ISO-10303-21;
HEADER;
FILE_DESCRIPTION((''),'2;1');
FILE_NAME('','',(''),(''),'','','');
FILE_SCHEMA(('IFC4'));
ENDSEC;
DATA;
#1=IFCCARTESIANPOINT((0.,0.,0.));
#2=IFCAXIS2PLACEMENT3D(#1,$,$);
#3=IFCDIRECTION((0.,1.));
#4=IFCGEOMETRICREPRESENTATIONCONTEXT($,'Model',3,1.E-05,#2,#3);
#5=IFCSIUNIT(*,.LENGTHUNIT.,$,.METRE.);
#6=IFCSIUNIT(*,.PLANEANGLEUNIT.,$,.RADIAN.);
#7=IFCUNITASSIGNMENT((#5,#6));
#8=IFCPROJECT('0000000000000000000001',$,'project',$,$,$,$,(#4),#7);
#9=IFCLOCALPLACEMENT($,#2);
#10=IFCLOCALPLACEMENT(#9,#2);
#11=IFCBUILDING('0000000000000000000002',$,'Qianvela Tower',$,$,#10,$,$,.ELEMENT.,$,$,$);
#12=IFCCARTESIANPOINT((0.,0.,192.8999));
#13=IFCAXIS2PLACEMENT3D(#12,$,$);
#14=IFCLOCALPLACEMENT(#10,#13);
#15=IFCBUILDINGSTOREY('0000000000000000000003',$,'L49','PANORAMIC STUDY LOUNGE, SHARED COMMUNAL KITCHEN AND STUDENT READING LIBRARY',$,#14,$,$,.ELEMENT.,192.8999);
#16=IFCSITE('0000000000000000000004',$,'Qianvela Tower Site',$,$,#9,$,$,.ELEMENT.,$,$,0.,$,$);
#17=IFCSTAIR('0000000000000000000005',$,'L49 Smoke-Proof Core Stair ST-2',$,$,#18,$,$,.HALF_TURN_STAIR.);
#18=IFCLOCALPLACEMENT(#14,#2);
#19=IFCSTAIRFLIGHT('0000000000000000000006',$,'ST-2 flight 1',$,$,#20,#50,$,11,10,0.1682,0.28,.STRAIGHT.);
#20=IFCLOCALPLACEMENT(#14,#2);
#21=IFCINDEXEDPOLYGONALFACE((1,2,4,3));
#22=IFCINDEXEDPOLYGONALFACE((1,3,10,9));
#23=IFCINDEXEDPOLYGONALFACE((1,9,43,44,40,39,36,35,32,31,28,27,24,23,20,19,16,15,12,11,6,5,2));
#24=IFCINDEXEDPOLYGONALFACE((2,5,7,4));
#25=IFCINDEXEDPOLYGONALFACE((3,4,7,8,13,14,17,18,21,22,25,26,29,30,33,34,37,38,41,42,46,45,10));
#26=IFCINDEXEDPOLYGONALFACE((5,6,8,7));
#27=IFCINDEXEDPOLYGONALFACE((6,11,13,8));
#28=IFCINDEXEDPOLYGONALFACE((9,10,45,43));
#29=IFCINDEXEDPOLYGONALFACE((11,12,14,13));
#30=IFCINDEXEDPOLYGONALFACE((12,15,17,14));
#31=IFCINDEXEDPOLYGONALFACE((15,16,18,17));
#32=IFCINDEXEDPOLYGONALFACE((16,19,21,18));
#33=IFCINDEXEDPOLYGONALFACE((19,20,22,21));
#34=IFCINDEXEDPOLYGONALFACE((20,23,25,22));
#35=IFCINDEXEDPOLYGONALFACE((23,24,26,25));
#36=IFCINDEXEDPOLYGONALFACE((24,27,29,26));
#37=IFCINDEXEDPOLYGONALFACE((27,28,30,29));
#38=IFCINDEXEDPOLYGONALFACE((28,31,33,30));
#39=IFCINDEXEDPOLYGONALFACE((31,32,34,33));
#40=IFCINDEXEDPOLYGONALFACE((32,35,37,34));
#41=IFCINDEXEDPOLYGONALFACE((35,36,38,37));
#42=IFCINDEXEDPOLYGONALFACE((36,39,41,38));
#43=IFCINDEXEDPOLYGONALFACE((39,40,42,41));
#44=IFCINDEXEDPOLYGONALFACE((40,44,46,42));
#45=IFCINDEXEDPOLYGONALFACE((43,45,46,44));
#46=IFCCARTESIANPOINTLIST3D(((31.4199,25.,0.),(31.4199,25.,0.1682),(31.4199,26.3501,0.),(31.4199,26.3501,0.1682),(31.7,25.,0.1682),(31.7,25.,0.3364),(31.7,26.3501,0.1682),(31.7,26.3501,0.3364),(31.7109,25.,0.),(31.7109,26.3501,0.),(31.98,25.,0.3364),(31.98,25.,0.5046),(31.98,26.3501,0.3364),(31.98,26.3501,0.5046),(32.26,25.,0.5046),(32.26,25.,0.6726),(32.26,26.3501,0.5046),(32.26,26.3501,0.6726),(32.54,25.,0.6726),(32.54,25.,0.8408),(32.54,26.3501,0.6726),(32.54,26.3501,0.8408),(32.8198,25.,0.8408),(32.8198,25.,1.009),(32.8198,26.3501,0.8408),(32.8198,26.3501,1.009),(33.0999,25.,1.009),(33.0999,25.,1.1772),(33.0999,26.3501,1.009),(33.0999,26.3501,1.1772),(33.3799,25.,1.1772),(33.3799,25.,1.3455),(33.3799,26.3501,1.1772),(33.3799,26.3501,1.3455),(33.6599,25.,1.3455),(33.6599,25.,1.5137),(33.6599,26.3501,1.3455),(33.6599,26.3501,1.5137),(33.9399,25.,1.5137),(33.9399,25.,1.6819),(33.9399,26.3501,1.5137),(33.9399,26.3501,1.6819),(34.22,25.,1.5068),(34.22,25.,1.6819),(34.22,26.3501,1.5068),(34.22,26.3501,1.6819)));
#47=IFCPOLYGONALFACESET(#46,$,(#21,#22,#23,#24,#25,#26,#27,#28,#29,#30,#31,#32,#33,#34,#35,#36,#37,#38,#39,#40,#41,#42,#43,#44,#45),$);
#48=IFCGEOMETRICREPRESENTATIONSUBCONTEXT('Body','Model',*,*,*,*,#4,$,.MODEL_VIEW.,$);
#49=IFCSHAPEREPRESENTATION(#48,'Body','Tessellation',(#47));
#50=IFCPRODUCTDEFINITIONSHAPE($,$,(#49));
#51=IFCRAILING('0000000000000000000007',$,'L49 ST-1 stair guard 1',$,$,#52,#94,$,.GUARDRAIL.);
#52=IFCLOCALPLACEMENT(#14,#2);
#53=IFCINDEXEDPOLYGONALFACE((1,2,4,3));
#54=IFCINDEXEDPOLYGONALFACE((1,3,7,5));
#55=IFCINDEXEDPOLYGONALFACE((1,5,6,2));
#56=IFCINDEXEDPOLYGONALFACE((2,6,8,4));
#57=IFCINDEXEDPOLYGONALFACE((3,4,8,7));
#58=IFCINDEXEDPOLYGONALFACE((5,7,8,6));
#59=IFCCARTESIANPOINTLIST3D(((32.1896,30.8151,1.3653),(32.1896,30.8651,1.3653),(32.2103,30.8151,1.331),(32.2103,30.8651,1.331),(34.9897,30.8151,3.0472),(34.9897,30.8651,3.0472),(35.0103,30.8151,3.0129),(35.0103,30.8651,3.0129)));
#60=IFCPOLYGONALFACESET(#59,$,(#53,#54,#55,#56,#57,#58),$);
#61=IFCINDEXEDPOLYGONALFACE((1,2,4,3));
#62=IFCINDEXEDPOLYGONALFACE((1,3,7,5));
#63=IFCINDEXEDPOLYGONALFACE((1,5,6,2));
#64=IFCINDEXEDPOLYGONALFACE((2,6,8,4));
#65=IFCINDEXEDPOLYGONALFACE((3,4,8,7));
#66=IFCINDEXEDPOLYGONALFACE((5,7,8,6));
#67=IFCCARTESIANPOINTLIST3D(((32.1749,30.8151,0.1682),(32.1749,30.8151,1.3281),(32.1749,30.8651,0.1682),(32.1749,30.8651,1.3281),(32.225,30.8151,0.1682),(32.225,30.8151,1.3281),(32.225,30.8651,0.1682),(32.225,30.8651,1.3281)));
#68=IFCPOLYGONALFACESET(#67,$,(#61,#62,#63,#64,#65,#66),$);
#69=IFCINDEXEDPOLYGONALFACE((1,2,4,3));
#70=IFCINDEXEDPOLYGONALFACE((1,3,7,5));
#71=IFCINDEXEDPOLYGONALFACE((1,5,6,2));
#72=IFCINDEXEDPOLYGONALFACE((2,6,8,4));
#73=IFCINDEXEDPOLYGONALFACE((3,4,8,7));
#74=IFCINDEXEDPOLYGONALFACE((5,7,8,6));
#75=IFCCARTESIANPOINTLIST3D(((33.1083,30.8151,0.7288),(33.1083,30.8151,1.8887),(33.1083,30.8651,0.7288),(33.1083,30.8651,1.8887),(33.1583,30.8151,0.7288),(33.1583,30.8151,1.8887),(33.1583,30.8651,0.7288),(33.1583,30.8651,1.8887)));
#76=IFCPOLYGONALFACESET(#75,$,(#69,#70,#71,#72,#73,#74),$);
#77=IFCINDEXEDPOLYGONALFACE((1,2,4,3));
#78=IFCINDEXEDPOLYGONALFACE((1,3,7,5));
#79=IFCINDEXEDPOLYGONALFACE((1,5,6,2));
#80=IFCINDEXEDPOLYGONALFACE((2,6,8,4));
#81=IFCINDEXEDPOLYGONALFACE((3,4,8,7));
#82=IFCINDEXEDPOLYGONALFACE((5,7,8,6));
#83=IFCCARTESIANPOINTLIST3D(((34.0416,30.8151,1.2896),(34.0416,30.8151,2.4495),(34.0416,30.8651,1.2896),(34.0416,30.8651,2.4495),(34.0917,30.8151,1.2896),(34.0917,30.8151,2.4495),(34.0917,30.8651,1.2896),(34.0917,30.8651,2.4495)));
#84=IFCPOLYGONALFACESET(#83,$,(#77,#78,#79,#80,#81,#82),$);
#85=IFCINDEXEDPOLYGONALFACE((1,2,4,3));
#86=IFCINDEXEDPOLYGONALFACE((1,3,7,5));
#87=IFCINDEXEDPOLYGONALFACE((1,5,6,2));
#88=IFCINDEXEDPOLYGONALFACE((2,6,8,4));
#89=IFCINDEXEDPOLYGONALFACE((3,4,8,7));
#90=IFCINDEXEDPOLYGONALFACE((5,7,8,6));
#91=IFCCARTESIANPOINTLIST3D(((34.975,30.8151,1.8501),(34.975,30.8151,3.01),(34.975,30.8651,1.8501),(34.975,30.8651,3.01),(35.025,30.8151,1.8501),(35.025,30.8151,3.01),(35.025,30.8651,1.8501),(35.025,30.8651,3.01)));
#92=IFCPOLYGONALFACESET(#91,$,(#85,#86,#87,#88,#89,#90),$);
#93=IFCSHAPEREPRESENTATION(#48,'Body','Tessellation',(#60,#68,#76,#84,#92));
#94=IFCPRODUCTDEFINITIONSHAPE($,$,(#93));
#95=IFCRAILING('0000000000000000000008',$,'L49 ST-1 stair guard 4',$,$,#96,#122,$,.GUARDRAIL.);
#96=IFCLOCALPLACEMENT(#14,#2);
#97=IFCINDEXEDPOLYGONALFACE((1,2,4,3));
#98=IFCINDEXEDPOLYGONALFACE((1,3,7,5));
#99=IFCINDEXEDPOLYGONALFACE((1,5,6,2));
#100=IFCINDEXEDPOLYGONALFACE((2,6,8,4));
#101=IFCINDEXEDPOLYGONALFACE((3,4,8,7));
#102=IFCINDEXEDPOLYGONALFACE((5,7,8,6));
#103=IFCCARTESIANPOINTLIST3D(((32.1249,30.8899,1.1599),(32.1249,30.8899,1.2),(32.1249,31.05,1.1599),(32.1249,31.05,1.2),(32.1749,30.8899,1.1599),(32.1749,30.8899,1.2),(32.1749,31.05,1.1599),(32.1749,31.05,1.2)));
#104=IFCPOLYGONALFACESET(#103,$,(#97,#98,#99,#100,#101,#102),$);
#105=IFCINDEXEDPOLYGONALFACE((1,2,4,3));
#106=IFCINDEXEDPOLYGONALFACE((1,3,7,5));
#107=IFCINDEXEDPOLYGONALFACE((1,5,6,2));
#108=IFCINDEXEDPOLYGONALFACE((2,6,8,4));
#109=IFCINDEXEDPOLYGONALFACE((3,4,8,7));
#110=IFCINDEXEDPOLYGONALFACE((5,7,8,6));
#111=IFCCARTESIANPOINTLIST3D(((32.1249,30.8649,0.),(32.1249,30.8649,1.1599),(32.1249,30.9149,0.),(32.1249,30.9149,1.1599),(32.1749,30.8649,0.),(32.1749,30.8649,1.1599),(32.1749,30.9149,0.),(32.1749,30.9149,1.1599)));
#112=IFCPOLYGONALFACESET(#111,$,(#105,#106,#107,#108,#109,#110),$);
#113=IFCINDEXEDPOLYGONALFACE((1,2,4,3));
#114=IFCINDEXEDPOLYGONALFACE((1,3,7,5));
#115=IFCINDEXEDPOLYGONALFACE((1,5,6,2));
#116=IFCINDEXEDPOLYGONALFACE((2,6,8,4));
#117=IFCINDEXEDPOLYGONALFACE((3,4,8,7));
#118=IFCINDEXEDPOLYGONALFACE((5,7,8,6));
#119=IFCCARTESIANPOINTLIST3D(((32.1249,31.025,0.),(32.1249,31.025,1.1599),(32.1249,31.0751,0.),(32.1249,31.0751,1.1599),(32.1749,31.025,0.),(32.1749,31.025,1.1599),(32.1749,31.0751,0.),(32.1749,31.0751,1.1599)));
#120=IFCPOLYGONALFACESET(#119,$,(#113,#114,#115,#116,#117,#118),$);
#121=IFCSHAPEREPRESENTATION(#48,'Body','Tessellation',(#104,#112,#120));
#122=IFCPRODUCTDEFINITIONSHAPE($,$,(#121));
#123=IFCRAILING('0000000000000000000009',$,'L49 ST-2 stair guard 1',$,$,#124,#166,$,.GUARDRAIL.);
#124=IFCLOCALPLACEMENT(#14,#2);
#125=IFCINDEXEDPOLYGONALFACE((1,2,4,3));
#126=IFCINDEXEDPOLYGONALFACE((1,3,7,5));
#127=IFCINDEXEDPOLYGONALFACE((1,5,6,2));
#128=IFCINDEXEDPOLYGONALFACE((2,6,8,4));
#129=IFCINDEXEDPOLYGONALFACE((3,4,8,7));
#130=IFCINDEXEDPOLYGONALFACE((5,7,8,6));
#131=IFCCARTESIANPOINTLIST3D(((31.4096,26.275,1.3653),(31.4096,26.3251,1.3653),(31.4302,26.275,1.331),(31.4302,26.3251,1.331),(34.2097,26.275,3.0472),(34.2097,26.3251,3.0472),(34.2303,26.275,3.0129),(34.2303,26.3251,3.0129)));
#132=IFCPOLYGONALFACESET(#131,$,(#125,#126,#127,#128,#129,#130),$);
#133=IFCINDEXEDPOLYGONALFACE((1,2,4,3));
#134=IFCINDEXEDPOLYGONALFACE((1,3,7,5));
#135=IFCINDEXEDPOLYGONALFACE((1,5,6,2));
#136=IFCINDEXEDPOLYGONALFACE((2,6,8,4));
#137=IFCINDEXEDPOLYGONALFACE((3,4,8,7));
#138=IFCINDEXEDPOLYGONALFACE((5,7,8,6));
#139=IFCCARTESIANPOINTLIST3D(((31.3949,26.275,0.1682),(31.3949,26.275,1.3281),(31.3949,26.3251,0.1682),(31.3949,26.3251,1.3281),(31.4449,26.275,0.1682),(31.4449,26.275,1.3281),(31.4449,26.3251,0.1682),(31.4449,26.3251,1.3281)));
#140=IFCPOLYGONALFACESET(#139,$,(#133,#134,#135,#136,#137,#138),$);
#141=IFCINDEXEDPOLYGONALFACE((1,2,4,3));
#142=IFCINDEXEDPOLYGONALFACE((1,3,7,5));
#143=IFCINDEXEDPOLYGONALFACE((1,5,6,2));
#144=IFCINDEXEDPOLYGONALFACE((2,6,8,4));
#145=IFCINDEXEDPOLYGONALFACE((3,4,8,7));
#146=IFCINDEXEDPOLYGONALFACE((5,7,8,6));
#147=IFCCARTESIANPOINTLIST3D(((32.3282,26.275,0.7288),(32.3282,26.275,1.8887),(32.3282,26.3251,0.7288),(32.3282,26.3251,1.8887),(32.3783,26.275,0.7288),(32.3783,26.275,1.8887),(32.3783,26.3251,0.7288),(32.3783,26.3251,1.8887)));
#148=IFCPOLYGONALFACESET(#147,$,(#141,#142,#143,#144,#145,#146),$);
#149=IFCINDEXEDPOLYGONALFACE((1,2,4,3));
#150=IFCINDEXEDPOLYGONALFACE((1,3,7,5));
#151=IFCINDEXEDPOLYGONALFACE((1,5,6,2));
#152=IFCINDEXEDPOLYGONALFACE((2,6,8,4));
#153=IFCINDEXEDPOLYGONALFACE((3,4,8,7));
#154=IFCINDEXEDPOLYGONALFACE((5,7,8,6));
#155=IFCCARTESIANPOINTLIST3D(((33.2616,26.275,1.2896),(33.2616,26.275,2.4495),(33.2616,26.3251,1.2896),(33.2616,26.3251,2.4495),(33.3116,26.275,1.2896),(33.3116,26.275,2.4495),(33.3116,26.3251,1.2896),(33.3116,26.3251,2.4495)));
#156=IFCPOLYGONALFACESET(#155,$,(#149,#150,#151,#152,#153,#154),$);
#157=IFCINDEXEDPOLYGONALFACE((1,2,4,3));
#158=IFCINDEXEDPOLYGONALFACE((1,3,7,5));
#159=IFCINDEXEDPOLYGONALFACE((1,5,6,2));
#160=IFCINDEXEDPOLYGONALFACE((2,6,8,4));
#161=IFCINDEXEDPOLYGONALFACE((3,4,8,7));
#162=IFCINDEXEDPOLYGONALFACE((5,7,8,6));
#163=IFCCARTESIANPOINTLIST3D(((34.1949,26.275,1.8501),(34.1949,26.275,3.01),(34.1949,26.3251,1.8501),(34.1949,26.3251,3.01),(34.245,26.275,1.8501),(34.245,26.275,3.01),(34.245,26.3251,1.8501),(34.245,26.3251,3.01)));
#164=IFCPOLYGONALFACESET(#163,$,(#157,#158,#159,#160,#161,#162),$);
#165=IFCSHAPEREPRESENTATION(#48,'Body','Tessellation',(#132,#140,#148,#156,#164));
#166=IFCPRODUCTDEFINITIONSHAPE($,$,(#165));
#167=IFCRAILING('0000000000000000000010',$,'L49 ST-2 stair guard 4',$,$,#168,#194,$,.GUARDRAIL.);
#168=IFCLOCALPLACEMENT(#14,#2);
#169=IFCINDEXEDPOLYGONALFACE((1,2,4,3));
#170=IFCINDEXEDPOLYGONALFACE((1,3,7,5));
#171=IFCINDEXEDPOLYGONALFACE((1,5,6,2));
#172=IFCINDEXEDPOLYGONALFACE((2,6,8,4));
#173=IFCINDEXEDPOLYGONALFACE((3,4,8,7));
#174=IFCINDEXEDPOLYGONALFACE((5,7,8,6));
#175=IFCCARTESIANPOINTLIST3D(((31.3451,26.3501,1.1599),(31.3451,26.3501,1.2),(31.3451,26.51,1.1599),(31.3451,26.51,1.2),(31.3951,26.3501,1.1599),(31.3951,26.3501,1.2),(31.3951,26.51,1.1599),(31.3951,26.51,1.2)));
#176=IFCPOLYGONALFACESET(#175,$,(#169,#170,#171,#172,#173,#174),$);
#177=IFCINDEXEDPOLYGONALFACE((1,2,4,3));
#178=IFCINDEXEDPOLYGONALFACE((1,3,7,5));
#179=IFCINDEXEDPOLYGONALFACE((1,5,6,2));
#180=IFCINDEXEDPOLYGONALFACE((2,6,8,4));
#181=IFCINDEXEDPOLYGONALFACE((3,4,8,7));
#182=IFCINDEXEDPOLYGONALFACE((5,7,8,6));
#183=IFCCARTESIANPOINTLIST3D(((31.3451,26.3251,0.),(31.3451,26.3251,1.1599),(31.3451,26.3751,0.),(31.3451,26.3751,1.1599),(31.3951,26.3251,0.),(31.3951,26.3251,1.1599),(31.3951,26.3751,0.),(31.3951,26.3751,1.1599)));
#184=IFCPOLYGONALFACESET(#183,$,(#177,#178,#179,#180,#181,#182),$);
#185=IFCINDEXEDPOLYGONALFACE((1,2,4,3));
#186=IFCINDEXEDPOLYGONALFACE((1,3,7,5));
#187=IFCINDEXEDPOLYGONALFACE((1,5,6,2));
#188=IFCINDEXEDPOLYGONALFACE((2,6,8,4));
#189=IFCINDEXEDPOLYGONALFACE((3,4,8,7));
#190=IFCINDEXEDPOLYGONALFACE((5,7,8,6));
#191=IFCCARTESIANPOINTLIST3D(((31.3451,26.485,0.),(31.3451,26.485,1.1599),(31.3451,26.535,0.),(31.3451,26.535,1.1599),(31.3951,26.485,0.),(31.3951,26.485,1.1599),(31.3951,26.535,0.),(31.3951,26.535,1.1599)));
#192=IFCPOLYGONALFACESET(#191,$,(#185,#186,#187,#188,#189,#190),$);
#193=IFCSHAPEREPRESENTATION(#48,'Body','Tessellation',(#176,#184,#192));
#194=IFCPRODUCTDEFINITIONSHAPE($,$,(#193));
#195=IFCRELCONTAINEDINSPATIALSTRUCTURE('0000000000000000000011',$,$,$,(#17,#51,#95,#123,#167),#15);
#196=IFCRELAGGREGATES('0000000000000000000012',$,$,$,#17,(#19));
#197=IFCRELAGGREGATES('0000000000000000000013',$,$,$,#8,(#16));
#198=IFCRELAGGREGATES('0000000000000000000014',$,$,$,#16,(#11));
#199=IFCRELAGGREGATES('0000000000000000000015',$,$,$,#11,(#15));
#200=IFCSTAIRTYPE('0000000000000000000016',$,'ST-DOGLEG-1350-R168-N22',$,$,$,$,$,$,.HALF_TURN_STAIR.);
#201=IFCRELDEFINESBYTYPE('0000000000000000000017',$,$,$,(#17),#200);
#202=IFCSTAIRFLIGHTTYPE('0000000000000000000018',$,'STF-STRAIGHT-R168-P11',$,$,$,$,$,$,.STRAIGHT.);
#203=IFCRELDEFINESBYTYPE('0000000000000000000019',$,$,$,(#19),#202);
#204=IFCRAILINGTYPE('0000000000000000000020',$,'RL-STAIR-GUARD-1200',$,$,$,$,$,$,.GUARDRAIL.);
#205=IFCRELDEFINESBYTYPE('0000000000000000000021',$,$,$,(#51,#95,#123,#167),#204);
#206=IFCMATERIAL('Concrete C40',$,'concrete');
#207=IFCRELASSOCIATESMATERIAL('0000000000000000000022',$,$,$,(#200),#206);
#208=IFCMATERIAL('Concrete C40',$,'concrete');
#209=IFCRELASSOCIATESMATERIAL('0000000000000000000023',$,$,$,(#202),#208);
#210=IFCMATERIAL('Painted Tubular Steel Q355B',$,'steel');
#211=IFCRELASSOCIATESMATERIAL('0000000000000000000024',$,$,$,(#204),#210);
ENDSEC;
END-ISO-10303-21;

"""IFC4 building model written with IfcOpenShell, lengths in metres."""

from ifc_helpers import new_model, si_unit, direction, frame, origin, origin_2d, place, context, subcontext, project, spatial, polyline, rectangle, outline, extrude, material, type_object, element, aggregate, save


model = new_model("IFC4")

# Units and contexts
model_context = context("Model", 3, precision=1e-05, world=origin(), true_north=direction((0.0, 1.0)))
body_context = subcontext(model_context, "Body", "Model", "MODEL_VIEW")
ifc_project = project(units=[si_unit("LENGTHUNIT", "METRE"), si_unit("PLANEANGLEUNIT", "RADIAN")], contexts=[model_context])

# Site, building, storey
site_placement = place(None, origin())
site = spatial("IfcSite", under=ifc_project, at=site_placement, Name="Qianvela Tower Site", CompositionType="ELEMENT", RefElevation=0.0)
building_placement = place(site_placement, origin())
building = spatial("IfcBuilding", under=site, at=building_placement, Name="Qianvela Tower", CompositionType="ELEMENT")
storey_placement = place(building_placement, frame((0.0, 0.0, 192.8999)))
storey = spatial("IfcBuildingStorey", under=building, at=storey_placement, Name="L49", Description="PANORAMIC STUDY LOUNGE, SHARED COMMUNAL KITCHEN AND STUDENT READING LIBRARY", CompositionType="ELEMENT", Elevation=192.8999)

# Stair, stair flight
ifc_material_1 = material(Name="Concrete C40", Category="concrete")
stair_type = type_object("IfcStairType", Name="ST-DOGLEG-1350-R168-N22", PredefinedType="HALF_TURN_STAIR", material=ifc_material_1)
ifc_material_2 = material(Name="Concrete C40", Category="concrete")
stair_flight_type = type_object("IfcStairFlightType", Name="STF-STRAIGHT-R168-P11", PredefinedType="STRAIGHT", material=ifc_material_2)
stair_1_placement = place(storey_placement, origin())
stair_1 = element("IfcStair", 1, at=stair_1_placement, inside=storey, type_object=stair_type, Name="L49 Smoke-Proof Core Stair ST-2", PredefinedType="HALF_TURN_STAIR")
stair_flight_1_placement = place(storey_placement, frame((31.4199, 25.675, 0.0), z_axis=(0.0, 0.0, 1.0), x_axis=(1.0, 0.0, 0.0)))
stair_flight_1 = element("IfcStairFlight", 2, at=stair_flight_1_placement, type_object=stair_flight_type, Name="ST-2 flight 1", NumberOfRisers=11, NumberOfTreads=10, PredefinedType="STRAIGHT", RiserHeight=0.1682, TreadLength=0.28, context=body_context, shape_type="SweptSolid", body=[
    extrude(outline(polyline([(0.0, 0.0), (0.0, 0.1682), (0.28, 0.1682), (0.28, 0.3364), (0.5601, 0.3364), (0.5601, 0.5046), (0.8401, 0.5046), (0.8401, 0.6726), (1.1201, 0.6726), (1.1201, 0.8408), (1.3999, 0.8408), (1.3999, 1.009), (1.6799, 1.009), (1.6799, 1.1772), (1.96, 1.1772), (1.96, 1.3455), (2.24, 1.3455), (2.24, 1.5137), (2.52, 1.5137), (2.52, 1.6819), (2.8, 1.6819), (2.8, 1.8501), (2.8, 1.5068), (0.291, 0.0), (0.0, 0.0)])), frame((0.0, 0.675, 0.0), z_axis=(0.0, -1.0, 0.0), x_axis=(1.0, 0.0, 0.0)), (0.0, 0.0, 1.0), 1.3501),
])
aggregate(stair_1, [stair_flight_1])

# Railings
ifc_material_3 = material(Name="Painted Tubular Steel Q355B", Category="steel")
railing_type_1 = type_object("IfcRailingType", Name="RL-STAIR-GUARD-1200", PredefinedType="GUARDRAIL", material=ifc_material_3)
railing_1_placement = place(storey_placement, frame((32.2, 30.8401, 0.1682)))
element("IfcRailing", 3, at=railing_1_placement, inside=storey, type_object=railing_type_1, Name="L49 ST-1 stair guard 1", PredefinedType="GUARDRAIL", context=body_context, shape_type="SweptSolid", body=[
    extrude(rectangle(XDim=0.05, YDim=0.04, at=origin_2d()), frame((0.0, 0.0, 1.1799), z_axis=(0.857242, 0.0, 0.514913), x_axis=(0.0, 1.0, 0.0)), (0.0, 0.0, 1.0), 3.2664),
    extrude(rectangle(XDim=0.05, YDim=0.05, at=origin_2d()), origin(), (0.0, 0.0, 1.0), 1.1599),
    extrude(rectangle(XDim=0.05, YDim=0.05, at=origin_2d()), frame((0.9333, 0.0, 0.5605)), (0.0, 0.0, 1.0), 1.1599),
    extrude(rectangle(XDim=0.05, YDim=0.05, at=origin_2d()), frame((1.8667, 0.0, 1.1213)), (0.0, 0.0, 1.0), 1.1599),
    extrude(rectangle(XDim=0.05, YDim=0.05, at=origin_2d()), frame((2.8, 0.0, 1.6819)), (0.0, 0.0, 1.0), 1.1599),
])
railing_2_placement = place(storey_placement, frame((32.1499, 30.8899, 0.0)))
element("IfcRailing", 4, at=railing_2_placement, inside=storey, type_object=railing_type_1, Name="L49 ST-1 stair guard 4", PredefinedType="GUARDRAIL", context=body_context, shape_type="SweptSolid", body=[
    extrude(rectangle(XDim=0.05, YDim=0.04, at=origin_2d()), frame((0.0, 0.0, 1.1799), z_axis=(0.0, 1.0, 0.0), x_axis=(-1.0, 0.0, 0.0)), (0.0, 0.0, 1.0), 0.1602),
    extrude(rectangle(XDim=0.05, YDim=0.05, at=origin_2d()), origin(), (0.0, 0.0, 1.0), 1.1599),
    extrude(rectangle(XDim=0.05, YDim=0.05, at=origin_2d()), frame((0.0, 0.1602, 0.0)), (0.0, 0.0, 1.0), 1.1599),
])
railing_3_placement = place(storey_placement, frame((31.4199, 26.3, 0.1682)))
element("IfcRailing", 5, at=railing_3_placement, inside=storey, type_object=railing_type_1, Name="L49 ST-2 stair guard 1", PredefinedType="GUARDRAIL", context=body_context, shape_type="SweptSolid", body=[
    extrude(rectangle(XDim=0.05, YDim=0.04, at=origin_2d()), frame((0.0, 0.0, 1.1799), z_axis=(0.857242, 0.0, 0.514913), x_axis=(0.0, 1.0, 0.0)), (0.0, 0.0, 1.0), 3.2664),
    extrude(rectangle(XDim=0.05, YDim=0.05, at=origin_2d()), origin(), (0.0, 0.0, 1.0), 1.1599),
    extrude(rectangle(XDim=0.05, YDim=0.05, at=origin_2d()), frame((0.9333, 0.0, 0.5605)), (0.0, 0.0, 1.0), 1.1599),
    extrude(rectangle(XDim=0.05, YDim=0.05, at=origin_2d()), frame((1.8667, 0.0, 1.1213)), (0.0, 0.0, 1.0), 1.1599),
    extrude(rectangle(XDim=0.05, YDim=0.05, at=origin_2d()), frame((2.8, 0.0, 1.6819)), (0.0, 0.0, 1.0), 1.1599),
])
railing_4_placement = place(storey_placement, frame((31.3701, 26.3501, 0.0)))
element("IfcRailing", 6, at=railing_4_placement, inside=storey, type_object=railing_type_1, Name="L49 ST-2 stair guard 4", PredefinedType="GUARDRAIL", context=body_context, shape_type="SweptSolid", body=[
    extrude(rectangle(XDim=0.05, YDim=0.04, at=origin_2d()), frame((0.0, 0.0, 1.1799), z_axis=(0.0, 1.0, 0.0), x_axis=(-1.0, 0.0, 0.0)), (0.0, 0.0, 1.0), 0.1599),
    extrude(rectangle(XDim=0.05, YDim=0.05, at=origin_2d()), origin(), (0.0, 0.0, 1.0), 1.1599),
    extrude(rectangle(XDim=0.05, YDim=0.05, at=origin_2d()), frame((0.0, 0.1599, 0.0)), (0.0, 0.0, 1.0), 1.1599),
])

save(model, "model.ifc")
